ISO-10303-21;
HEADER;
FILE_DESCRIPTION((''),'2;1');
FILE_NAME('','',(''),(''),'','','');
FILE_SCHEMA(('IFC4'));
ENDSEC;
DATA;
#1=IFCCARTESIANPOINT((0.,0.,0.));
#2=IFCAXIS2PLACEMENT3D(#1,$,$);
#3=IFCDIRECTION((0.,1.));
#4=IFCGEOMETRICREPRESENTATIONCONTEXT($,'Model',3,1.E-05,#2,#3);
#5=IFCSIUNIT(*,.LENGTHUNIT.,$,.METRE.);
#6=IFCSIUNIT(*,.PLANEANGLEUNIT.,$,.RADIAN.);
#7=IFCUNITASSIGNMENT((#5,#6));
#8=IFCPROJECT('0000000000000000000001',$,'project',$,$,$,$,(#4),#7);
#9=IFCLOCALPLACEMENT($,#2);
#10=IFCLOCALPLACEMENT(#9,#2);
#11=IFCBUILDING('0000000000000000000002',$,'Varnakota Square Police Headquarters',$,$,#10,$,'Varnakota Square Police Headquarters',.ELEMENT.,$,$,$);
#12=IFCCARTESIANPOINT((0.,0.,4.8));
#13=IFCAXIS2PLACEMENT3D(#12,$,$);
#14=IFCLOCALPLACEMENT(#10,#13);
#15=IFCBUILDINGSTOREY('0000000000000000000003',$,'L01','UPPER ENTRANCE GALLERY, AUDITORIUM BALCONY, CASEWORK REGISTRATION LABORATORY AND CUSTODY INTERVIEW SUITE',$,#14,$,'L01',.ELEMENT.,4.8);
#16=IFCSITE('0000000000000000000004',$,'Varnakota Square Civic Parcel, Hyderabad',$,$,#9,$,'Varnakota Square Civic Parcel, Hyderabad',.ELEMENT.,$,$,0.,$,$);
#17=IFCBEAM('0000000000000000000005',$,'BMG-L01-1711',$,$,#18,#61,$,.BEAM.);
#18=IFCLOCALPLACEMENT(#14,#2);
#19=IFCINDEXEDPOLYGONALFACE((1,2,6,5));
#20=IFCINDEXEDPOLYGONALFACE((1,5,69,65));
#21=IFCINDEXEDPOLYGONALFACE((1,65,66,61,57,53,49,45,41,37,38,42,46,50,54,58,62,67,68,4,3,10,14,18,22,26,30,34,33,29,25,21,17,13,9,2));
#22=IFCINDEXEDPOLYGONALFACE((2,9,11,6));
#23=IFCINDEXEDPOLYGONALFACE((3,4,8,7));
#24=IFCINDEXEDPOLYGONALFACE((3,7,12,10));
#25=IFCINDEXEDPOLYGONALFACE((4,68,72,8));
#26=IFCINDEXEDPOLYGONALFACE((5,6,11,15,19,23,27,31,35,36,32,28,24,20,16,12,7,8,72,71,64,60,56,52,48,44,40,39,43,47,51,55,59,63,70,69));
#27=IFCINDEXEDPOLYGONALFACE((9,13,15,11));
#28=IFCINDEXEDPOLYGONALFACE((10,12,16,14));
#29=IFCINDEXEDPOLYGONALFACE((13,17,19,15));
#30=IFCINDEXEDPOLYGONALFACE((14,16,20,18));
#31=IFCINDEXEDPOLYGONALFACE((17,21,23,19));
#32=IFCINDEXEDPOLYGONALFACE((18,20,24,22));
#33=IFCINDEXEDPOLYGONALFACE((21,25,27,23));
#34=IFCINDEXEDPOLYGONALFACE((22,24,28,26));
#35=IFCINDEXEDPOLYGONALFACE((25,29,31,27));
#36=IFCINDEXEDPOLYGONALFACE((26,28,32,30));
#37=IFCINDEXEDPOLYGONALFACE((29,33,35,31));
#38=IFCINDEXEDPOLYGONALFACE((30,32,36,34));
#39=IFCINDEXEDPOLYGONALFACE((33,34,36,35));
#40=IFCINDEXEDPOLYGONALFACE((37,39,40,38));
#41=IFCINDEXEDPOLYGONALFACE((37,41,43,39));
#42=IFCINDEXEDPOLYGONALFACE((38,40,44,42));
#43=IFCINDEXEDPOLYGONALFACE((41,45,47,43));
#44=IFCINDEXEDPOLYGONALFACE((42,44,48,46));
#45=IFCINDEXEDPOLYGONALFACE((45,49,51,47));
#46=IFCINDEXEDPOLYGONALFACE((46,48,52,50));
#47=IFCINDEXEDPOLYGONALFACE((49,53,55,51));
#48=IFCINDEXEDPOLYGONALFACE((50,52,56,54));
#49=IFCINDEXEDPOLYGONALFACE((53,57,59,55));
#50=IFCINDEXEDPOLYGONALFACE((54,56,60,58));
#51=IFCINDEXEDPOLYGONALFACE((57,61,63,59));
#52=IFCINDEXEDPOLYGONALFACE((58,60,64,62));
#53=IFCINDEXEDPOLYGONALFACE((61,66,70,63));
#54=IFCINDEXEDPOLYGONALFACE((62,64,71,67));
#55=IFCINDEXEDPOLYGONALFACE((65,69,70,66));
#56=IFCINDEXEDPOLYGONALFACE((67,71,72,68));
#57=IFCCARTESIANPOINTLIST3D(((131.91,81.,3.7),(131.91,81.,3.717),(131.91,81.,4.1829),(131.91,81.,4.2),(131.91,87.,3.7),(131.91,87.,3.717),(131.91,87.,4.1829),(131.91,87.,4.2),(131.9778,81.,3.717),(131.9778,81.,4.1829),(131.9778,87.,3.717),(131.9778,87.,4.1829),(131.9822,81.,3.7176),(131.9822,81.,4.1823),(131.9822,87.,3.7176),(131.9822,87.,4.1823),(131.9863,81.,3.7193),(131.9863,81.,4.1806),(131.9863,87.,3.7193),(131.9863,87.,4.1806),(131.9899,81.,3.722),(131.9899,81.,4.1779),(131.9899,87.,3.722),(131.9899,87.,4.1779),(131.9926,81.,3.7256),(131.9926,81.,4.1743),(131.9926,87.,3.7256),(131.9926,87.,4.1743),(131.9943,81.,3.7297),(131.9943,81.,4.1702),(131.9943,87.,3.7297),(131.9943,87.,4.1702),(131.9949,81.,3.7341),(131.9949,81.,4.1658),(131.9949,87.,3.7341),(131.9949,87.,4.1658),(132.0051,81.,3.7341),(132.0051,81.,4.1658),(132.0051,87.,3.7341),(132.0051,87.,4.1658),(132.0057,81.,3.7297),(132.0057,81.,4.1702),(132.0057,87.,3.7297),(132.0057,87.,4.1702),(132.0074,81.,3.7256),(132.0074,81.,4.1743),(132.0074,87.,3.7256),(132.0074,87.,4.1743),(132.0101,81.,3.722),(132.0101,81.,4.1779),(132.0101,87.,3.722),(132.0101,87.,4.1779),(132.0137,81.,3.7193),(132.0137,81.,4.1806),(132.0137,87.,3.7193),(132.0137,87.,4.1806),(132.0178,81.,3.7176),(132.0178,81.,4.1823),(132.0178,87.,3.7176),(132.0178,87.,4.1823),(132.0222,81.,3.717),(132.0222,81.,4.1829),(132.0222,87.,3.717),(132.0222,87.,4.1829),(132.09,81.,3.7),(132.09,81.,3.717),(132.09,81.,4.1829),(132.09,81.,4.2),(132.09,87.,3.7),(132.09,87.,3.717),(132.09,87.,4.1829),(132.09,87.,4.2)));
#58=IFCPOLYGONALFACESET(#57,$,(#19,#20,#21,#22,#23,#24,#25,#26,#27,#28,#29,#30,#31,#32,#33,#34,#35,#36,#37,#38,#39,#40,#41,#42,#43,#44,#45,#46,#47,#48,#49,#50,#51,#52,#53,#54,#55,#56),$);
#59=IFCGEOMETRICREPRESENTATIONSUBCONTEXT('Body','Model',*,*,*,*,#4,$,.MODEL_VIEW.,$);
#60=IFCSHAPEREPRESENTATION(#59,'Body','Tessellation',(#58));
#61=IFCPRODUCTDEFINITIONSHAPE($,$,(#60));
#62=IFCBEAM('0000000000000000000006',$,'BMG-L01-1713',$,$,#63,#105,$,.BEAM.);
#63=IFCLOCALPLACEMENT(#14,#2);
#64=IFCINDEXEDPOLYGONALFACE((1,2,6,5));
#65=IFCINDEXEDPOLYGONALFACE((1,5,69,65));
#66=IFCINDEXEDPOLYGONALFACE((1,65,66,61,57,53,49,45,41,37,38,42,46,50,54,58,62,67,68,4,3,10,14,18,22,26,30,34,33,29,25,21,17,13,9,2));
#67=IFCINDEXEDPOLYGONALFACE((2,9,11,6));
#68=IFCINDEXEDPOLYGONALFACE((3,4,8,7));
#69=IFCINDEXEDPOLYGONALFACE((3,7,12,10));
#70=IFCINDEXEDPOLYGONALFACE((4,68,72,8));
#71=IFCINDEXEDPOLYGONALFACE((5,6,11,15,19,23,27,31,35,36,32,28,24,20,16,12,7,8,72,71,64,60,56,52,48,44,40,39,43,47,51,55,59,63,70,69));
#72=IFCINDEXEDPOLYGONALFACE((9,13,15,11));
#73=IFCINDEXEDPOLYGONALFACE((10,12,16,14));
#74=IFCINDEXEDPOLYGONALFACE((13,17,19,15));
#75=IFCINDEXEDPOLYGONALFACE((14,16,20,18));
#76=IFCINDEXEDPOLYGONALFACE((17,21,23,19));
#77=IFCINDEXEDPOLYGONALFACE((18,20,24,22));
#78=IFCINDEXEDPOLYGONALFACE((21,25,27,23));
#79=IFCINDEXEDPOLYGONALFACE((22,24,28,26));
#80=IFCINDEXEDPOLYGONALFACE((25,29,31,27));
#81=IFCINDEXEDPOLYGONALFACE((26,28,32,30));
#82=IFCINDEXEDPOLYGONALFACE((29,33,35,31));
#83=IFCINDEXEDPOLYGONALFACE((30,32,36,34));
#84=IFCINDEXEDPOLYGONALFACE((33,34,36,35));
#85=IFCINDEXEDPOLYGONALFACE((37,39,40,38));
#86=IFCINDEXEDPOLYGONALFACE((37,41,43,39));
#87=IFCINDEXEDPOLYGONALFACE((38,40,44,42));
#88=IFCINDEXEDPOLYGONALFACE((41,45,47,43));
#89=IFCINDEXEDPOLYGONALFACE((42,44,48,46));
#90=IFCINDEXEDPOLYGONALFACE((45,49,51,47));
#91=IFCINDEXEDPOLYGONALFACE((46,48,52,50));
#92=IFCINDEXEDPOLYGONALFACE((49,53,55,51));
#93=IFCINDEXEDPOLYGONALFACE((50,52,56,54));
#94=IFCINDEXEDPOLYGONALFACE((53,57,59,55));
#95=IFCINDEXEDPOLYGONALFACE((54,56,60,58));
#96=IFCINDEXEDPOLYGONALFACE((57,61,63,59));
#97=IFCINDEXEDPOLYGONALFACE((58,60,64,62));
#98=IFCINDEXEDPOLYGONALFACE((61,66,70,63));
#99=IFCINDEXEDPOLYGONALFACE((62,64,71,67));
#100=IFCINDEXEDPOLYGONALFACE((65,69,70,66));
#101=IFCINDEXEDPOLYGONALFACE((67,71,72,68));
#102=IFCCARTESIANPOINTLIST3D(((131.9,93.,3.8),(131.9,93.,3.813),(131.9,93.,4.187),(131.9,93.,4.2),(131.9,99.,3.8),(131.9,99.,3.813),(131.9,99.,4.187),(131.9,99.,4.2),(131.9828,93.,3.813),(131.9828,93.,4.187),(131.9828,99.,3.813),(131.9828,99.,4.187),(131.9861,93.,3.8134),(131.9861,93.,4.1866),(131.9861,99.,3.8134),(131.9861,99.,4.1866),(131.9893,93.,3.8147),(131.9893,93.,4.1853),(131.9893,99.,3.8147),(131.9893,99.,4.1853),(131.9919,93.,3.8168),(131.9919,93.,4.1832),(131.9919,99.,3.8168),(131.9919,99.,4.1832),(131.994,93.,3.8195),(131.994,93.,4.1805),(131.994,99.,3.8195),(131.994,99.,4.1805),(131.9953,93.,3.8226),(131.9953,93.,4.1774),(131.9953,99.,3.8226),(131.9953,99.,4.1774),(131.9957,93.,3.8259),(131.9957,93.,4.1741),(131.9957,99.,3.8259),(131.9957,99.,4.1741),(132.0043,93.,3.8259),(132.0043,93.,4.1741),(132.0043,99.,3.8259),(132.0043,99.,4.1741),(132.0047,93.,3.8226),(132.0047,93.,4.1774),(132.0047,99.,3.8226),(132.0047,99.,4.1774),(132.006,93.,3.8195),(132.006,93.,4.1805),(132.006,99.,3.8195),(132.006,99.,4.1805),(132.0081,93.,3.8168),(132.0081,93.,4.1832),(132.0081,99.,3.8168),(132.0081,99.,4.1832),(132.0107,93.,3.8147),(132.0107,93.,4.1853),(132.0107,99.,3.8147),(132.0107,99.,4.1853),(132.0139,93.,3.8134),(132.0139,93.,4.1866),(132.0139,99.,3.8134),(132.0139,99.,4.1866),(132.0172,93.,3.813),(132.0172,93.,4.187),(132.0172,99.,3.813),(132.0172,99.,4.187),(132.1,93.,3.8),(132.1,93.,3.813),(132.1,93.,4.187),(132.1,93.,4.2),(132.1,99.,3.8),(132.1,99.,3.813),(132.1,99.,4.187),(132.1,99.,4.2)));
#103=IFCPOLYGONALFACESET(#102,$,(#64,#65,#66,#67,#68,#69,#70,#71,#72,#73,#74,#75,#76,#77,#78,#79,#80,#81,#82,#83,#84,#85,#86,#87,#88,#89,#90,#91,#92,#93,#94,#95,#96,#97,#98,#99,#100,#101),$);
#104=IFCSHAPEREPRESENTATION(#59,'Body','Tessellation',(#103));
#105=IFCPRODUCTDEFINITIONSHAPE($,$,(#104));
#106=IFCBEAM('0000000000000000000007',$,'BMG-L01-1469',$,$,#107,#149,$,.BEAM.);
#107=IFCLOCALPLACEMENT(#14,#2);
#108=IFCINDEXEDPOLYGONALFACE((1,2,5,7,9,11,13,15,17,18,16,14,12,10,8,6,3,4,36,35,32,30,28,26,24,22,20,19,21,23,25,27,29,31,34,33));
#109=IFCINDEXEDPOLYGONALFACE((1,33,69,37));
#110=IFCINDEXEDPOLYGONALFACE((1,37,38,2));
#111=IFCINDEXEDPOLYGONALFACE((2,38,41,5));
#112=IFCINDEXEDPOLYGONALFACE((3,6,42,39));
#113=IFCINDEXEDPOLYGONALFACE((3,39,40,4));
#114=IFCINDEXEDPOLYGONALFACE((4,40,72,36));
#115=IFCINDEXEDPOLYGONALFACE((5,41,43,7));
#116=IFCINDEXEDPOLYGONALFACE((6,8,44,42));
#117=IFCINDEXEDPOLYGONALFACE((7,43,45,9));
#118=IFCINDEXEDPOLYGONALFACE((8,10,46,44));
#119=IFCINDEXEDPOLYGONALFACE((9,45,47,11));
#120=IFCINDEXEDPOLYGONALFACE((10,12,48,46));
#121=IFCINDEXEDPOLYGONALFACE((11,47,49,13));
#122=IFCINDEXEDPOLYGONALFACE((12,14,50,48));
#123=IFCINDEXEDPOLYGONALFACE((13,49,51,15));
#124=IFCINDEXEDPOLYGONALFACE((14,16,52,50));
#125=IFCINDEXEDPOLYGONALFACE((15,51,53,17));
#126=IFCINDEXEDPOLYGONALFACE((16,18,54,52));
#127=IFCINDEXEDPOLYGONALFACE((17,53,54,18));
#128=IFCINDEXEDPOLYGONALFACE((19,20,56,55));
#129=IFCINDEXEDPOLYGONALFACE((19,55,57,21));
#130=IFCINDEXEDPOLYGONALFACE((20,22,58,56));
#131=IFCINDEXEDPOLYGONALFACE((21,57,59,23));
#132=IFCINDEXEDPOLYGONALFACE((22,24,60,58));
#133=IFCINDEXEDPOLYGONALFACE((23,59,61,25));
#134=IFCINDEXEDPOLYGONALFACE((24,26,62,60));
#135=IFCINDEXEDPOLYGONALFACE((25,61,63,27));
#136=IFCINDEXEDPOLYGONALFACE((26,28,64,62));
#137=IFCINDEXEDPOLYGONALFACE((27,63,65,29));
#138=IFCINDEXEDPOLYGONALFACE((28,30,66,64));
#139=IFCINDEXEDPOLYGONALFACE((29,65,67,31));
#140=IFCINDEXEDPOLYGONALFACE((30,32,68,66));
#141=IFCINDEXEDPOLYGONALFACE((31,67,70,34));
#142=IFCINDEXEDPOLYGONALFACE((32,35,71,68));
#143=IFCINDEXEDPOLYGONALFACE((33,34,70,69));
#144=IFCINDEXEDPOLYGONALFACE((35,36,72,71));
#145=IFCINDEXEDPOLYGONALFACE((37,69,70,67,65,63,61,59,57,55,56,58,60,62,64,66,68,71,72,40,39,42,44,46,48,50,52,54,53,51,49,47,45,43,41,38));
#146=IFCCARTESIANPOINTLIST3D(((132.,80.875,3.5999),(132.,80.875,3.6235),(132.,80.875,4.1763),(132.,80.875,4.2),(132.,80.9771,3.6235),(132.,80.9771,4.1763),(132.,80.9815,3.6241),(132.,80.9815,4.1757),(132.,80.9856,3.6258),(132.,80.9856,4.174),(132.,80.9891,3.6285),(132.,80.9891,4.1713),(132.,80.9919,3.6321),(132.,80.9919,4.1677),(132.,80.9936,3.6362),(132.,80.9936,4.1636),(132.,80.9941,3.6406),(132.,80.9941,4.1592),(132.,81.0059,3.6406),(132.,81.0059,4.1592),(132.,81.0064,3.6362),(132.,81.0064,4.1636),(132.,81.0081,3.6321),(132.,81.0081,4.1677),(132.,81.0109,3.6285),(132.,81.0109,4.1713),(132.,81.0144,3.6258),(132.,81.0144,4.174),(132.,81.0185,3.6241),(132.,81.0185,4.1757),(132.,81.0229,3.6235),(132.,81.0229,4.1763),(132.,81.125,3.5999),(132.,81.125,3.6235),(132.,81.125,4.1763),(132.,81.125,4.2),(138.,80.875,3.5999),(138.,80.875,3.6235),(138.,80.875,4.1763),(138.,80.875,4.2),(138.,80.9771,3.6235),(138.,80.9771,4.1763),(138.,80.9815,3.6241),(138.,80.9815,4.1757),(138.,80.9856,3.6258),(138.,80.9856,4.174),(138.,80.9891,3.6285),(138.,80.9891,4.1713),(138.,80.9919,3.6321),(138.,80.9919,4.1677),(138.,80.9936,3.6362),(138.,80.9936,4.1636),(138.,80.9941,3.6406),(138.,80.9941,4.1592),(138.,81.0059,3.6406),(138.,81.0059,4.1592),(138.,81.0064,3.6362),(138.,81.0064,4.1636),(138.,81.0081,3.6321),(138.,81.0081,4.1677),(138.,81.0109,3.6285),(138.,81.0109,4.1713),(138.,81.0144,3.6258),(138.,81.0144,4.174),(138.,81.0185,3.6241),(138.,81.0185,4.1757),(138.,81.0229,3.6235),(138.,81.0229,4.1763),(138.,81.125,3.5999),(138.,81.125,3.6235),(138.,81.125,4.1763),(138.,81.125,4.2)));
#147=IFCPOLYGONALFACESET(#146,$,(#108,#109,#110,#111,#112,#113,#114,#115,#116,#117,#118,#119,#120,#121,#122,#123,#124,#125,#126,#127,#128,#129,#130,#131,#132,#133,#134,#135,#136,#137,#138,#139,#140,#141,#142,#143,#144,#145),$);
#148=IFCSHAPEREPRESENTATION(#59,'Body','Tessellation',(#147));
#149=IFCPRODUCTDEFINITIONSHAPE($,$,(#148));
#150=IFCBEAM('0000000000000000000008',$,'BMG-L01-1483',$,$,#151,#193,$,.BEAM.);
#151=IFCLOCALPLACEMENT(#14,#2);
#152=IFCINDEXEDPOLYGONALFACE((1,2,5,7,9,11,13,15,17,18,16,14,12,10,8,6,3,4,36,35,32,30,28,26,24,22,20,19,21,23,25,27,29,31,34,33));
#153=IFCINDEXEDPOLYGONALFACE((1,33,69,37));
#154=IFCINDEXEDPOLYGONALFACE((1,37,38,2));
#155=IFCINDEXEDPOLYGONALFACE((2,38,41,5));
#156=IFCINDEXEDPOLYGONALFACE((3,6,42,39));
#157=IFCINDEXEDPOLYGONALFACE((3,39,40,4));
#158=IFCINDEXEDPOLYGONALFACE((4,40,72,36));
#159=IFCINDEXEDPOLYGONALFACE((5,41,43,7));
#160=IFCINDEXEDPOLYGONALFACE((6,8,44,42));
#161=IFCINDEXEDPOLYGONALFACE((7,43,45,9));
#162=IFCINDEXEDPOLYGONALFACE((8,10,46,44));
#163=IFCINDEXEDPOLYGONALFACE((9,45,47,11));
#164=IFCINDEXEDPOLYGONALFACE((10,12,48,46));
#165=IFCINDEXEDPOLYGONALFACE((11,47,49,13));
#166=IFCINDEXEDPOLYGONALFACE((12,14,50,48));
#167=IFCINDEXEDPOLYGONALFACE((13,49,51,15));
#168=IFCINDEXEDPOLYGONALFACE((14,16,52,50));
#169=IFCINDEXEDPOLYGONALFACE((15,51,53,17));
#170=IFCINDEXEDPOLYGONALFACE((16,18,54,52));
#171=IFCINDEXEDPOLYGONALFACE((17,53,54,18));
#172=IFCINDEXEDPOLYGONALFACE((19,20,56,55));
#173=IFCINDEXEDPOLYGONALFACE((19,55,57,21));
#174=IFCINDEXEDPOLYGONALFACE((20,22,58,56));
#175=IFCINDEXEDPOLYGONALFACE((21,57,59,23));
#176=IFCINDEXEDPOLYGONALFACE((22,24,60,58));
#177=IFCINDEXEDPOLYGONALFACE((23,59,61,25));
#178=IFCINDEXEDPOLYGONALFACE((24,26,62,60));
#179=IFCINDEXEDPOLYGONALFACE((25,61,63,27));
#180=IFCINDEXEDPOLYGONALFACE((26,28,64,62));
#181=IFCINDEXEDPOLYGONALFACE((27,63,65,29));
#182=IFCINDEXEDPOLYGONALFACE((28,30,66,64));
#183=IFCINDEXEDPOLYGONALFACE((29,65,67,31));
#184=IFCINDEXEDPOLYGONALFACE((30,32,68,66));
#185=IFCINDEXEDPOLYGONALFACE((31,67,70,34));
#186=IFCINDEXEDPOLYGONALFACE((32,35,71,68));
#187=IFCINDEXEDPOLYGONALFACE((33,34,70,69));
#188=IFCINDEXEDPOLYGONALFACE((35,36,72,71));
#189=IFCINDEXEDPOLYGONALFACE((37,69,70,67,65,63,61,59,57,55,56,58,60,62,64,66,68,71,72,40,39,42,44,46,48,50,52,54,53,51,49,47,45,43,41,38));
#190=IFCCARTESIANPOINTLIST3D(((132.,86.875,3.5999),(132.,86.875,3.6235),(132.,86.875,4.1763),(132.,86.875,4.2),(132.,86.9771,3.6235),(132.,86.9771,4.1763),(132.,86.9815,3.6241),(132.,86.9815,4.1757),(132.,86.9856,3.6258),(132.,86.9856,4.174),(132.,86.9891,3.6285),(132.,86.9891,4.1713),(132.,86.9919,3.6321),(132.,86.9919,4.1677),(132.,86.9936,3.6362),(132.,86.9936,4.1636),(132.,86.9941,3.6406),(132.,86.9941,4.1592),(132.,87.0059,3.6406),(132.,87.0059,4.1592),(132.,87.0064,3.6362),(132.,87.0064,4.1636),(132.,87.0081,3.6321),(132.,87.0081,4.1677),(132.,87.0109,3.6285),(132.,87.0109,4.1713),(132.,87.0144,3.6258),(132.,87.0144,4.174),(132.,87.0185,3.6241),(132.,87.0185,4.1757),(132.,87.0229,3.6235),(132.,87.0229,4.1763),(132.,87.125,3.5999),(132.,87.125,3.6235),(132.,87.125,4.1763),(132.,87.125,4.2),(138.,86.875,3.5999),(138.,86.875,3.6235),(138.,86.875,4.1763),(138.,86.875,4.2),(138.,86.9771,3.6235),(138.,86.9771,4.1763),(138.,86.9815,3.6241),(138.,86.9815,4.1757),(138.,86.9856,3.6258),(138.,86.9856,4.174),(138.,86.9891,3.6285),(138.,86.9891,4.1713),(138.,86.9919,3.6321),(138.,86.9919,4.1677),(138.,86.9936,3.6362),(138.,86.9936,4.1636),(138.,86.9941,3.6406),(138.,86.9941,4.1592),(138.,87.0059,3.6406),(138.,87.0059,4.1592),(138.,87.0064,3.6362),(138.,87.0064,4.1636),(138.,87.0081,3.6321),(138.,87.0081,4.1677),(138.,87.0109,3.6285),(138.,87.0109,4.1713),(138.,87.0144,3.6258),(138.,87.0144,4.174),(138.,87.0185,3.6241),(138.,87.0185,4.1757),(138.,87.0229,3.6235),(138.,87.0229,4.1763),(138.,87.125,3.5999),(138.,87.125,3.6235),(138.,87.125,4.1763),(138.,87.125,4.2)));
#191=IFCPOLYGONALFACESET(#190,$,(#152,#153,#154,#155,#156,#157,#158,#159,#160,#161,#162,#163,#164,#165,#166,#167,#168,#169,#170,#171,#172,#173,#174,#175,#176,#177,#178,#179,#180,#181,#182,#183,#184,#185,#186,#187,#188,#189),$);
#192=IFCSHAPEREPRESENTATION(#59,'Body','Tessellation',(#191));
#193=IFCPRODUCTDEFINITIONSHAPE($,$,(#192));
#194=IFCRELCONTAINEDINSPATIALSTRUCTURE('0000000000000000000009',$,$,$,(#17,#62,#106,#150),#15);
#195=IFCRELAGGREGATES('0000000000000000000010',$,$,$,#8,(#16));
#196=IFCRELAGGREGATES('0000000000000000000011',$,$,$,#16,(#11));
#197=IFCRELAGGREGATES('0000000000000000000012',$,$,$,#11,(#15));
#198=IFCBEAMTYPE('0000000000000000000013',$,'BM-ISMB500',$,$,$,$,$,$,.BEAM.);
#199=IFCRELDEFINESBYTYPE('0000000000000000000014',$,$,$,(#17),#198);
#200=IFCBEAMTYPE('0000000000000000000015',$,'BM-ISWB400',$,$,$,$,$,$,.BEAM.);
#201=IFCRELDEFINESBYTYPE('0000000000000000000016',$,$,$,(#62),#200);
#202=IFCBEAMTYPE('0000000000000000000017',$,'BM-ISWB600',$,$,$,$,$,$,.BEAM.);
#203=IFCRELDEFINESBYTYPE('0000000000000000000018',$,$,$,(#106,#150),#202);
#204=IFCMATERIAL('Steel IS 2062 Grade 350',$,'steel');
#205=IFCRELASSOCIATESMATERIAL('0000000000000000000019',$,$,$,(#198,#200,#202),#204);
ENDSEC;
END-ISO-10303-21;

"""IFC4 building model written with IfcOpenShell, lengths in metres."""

from ifc_helpers import new_model, si_unit, direction, frame, origin, origin_2d, place, context, subcontext, project, spatial, i_section, extrude, material, material_profile, profile_set, type_object, element, save


model = new_model("IFC4")

# Units and contexts
model_context = context("Model", 3, precision=1e-05, world=origin(), true_north=direction((0.0, 1.0)))
body_context = subcontext(model_context, "Body", "Model", "MODEL_VIEW")
ifc_project = project(units=[si_unit("LENGTHUNIT", "METRE"), si_unit("PLANEANGLEUNIT", "RADIAN")], contexts=[model_context])

# Site, building, storey
site_placement = place(None, origin())
site = spatial("IfcSite", under=ifc_project, at=site_placement, Name="Varnakota Square Civic Parcel, Hyderabad", LongName="Varnakota Square Civic Parcel, Hyderabad", CompositionType="ELEMENT", RefElevation=0.0)
building_placement = place(site_placement, origin())
building = spatial("IfcBuilding", under=site, at=building_placement, Name="Varnakota Square Police Headquarters", LongName="Varnakota Square Police Headquarters", CompositionType="ELEMENT")
storey_placement = place(building_placement, frame((0.0, 0.0, 4.8)))
storey = spatial("IfcBuildingStorey", under=building, at=storey_placement, Name="L01", Description="UPPER ENTRANCE GALLERY, AUDITORIUM BALCONY, CASEWORK REGISTRATION LABORATORY AND CUSTODY INTERVIEW SUITE", LongName="L01", CompositionType="ELEMENT", Elevation=4.8)

# Shared definitions
ifc_material_1 = material(Name="Steel IS 2062 Grade 350", Category="steel")

# Beams
ifc_material_profile_1 = material_profile(ifc_material_1, i_section(OverallWidth=0.1799, OverallDepth=0.5, WebThickness=0.0103, FlangeThickness=0.0171, FilletRadius=0.0171, at=origin_2d()), Name="ISMB 500")
ifc_profile_set_1 = profile_set([ifc_material_profile_1], Name="Steel IS 2062 Grade 350")
beam_type_1 = type_object("IfcBeamType", Name="BM-ISMB500", PredefinedType="BEAM", material=ifc_profile_set_1)
beam_1_placement = place(storey_placement, frame((132.0, 81.0, 3.95), z_axis=(0.0, 1.0, 0.0), x_axis=(-1.0, 0.0, 0.0)))
element("IfcBeam", 1, at=beam_1_placement, inside=storey, type_object=beam_type_1, Name="BMG-L01-1711", PredefinedType="BEAM", context=body_context, shape_type="SweptSolid", body=[
    extrude(i_section(OverallWidth=0.1799, OverallDepth=0.5, WebThickness=0.0103, FlangeThickness=0.0171, FilletRadius=0.0171, at=origin_2d()), origin(), (0.0, 0.0, 1.0), 6.0),
])
ifc_material_profile_2 = material_profile(ifc_material_1, i_section(OverallWidth=0.2, OverallDepth=0.3999, WebThickness=0.0085, FlangeThickness=0.0129, FilletRadius=0.0129, at=origin_2d()), Name="ISWB 400")
ifc_profile_set_2 = profile_set([ifc_material_profile_2], Name="Steel IS 2062 Grade 350")
beam_type_2 = type_object("IfcBeamType", Name="BM-ISWB400", PredefinedType="BEAM", material=ifc_profile_set_2)
beam_2_placement = place(storey_placement, frame((132.0, 93.0, 4.0), z_axis=(0.0, 1.0, 0.0), x_axis=(-1.0, 0.0, 0.0)))
element("IfcBeam", 2, at=beam_2_placement, inside=storey, type_object=beam_type_2, Name="BMG-L01-1713", PredefinedType="BEAM", context=body_context, shape_type="SweptSolid", body=[
    extrude(i_section(OverallWidth=0.2, OverallDepth=0.3999, WebThickness=0.0085, FlangeThickness=0.0129, FilletRadius=0.0129, at=origin_2d()), origin(), (0.0, 0.0, 1.0), 6.0),
])
ifc_material_profile_3 = material_profile(ifc_material_1, i_section(OverallWidth=0.25, OverallDepth=0.6001, WebThickness=0.0117, FlangeThickness=0.0237, FilletRadius=0.0171, at=origin_2d()), Name="ISWB 600")
ifc_profile_set_3 = profile_set([ifc_material_profile_3], Name="Steel IS 2062 Grade 350")
beam_type_3 = type_object("IfcBeamType", Name="BM-ISWB600", PredefinedType="BEAM", material=ifc_profile_set_3)
for number, where, z_axis, x_axis, name in (
    (3, (132.0, 81.0, 3.8999), (1.0, 0.0, 0.0), (0.0, 1.0, 0.0), "BMG-L01-1469"),
    (4, (132.0, 87.0, 3.8999), (1.0, 0.0, 0.0), (0.0, 1.0, 0.0), "BMG-L01-1483"),
):
    element("IfcBeam", number, at=place(storey_placement, frame(where, z_axis=z_axis, x_axis=x_axis)), inside=storey, type_object=beam_type_3, Name=name, PredefinedType="BEAM", context=body_context, shape_type="SweptSolid", body=[
        extrude(i_section(OverallWidth=0.25, OverallDepth=0.6001, WebThickness=0.0117, FlangeThickness=0.0237, FilletRadius=0.0171, at=origin_2d()), origin(), (0.0, 0.0, 1.0), 6.0),
    ])

save(model, "model.ifc")
